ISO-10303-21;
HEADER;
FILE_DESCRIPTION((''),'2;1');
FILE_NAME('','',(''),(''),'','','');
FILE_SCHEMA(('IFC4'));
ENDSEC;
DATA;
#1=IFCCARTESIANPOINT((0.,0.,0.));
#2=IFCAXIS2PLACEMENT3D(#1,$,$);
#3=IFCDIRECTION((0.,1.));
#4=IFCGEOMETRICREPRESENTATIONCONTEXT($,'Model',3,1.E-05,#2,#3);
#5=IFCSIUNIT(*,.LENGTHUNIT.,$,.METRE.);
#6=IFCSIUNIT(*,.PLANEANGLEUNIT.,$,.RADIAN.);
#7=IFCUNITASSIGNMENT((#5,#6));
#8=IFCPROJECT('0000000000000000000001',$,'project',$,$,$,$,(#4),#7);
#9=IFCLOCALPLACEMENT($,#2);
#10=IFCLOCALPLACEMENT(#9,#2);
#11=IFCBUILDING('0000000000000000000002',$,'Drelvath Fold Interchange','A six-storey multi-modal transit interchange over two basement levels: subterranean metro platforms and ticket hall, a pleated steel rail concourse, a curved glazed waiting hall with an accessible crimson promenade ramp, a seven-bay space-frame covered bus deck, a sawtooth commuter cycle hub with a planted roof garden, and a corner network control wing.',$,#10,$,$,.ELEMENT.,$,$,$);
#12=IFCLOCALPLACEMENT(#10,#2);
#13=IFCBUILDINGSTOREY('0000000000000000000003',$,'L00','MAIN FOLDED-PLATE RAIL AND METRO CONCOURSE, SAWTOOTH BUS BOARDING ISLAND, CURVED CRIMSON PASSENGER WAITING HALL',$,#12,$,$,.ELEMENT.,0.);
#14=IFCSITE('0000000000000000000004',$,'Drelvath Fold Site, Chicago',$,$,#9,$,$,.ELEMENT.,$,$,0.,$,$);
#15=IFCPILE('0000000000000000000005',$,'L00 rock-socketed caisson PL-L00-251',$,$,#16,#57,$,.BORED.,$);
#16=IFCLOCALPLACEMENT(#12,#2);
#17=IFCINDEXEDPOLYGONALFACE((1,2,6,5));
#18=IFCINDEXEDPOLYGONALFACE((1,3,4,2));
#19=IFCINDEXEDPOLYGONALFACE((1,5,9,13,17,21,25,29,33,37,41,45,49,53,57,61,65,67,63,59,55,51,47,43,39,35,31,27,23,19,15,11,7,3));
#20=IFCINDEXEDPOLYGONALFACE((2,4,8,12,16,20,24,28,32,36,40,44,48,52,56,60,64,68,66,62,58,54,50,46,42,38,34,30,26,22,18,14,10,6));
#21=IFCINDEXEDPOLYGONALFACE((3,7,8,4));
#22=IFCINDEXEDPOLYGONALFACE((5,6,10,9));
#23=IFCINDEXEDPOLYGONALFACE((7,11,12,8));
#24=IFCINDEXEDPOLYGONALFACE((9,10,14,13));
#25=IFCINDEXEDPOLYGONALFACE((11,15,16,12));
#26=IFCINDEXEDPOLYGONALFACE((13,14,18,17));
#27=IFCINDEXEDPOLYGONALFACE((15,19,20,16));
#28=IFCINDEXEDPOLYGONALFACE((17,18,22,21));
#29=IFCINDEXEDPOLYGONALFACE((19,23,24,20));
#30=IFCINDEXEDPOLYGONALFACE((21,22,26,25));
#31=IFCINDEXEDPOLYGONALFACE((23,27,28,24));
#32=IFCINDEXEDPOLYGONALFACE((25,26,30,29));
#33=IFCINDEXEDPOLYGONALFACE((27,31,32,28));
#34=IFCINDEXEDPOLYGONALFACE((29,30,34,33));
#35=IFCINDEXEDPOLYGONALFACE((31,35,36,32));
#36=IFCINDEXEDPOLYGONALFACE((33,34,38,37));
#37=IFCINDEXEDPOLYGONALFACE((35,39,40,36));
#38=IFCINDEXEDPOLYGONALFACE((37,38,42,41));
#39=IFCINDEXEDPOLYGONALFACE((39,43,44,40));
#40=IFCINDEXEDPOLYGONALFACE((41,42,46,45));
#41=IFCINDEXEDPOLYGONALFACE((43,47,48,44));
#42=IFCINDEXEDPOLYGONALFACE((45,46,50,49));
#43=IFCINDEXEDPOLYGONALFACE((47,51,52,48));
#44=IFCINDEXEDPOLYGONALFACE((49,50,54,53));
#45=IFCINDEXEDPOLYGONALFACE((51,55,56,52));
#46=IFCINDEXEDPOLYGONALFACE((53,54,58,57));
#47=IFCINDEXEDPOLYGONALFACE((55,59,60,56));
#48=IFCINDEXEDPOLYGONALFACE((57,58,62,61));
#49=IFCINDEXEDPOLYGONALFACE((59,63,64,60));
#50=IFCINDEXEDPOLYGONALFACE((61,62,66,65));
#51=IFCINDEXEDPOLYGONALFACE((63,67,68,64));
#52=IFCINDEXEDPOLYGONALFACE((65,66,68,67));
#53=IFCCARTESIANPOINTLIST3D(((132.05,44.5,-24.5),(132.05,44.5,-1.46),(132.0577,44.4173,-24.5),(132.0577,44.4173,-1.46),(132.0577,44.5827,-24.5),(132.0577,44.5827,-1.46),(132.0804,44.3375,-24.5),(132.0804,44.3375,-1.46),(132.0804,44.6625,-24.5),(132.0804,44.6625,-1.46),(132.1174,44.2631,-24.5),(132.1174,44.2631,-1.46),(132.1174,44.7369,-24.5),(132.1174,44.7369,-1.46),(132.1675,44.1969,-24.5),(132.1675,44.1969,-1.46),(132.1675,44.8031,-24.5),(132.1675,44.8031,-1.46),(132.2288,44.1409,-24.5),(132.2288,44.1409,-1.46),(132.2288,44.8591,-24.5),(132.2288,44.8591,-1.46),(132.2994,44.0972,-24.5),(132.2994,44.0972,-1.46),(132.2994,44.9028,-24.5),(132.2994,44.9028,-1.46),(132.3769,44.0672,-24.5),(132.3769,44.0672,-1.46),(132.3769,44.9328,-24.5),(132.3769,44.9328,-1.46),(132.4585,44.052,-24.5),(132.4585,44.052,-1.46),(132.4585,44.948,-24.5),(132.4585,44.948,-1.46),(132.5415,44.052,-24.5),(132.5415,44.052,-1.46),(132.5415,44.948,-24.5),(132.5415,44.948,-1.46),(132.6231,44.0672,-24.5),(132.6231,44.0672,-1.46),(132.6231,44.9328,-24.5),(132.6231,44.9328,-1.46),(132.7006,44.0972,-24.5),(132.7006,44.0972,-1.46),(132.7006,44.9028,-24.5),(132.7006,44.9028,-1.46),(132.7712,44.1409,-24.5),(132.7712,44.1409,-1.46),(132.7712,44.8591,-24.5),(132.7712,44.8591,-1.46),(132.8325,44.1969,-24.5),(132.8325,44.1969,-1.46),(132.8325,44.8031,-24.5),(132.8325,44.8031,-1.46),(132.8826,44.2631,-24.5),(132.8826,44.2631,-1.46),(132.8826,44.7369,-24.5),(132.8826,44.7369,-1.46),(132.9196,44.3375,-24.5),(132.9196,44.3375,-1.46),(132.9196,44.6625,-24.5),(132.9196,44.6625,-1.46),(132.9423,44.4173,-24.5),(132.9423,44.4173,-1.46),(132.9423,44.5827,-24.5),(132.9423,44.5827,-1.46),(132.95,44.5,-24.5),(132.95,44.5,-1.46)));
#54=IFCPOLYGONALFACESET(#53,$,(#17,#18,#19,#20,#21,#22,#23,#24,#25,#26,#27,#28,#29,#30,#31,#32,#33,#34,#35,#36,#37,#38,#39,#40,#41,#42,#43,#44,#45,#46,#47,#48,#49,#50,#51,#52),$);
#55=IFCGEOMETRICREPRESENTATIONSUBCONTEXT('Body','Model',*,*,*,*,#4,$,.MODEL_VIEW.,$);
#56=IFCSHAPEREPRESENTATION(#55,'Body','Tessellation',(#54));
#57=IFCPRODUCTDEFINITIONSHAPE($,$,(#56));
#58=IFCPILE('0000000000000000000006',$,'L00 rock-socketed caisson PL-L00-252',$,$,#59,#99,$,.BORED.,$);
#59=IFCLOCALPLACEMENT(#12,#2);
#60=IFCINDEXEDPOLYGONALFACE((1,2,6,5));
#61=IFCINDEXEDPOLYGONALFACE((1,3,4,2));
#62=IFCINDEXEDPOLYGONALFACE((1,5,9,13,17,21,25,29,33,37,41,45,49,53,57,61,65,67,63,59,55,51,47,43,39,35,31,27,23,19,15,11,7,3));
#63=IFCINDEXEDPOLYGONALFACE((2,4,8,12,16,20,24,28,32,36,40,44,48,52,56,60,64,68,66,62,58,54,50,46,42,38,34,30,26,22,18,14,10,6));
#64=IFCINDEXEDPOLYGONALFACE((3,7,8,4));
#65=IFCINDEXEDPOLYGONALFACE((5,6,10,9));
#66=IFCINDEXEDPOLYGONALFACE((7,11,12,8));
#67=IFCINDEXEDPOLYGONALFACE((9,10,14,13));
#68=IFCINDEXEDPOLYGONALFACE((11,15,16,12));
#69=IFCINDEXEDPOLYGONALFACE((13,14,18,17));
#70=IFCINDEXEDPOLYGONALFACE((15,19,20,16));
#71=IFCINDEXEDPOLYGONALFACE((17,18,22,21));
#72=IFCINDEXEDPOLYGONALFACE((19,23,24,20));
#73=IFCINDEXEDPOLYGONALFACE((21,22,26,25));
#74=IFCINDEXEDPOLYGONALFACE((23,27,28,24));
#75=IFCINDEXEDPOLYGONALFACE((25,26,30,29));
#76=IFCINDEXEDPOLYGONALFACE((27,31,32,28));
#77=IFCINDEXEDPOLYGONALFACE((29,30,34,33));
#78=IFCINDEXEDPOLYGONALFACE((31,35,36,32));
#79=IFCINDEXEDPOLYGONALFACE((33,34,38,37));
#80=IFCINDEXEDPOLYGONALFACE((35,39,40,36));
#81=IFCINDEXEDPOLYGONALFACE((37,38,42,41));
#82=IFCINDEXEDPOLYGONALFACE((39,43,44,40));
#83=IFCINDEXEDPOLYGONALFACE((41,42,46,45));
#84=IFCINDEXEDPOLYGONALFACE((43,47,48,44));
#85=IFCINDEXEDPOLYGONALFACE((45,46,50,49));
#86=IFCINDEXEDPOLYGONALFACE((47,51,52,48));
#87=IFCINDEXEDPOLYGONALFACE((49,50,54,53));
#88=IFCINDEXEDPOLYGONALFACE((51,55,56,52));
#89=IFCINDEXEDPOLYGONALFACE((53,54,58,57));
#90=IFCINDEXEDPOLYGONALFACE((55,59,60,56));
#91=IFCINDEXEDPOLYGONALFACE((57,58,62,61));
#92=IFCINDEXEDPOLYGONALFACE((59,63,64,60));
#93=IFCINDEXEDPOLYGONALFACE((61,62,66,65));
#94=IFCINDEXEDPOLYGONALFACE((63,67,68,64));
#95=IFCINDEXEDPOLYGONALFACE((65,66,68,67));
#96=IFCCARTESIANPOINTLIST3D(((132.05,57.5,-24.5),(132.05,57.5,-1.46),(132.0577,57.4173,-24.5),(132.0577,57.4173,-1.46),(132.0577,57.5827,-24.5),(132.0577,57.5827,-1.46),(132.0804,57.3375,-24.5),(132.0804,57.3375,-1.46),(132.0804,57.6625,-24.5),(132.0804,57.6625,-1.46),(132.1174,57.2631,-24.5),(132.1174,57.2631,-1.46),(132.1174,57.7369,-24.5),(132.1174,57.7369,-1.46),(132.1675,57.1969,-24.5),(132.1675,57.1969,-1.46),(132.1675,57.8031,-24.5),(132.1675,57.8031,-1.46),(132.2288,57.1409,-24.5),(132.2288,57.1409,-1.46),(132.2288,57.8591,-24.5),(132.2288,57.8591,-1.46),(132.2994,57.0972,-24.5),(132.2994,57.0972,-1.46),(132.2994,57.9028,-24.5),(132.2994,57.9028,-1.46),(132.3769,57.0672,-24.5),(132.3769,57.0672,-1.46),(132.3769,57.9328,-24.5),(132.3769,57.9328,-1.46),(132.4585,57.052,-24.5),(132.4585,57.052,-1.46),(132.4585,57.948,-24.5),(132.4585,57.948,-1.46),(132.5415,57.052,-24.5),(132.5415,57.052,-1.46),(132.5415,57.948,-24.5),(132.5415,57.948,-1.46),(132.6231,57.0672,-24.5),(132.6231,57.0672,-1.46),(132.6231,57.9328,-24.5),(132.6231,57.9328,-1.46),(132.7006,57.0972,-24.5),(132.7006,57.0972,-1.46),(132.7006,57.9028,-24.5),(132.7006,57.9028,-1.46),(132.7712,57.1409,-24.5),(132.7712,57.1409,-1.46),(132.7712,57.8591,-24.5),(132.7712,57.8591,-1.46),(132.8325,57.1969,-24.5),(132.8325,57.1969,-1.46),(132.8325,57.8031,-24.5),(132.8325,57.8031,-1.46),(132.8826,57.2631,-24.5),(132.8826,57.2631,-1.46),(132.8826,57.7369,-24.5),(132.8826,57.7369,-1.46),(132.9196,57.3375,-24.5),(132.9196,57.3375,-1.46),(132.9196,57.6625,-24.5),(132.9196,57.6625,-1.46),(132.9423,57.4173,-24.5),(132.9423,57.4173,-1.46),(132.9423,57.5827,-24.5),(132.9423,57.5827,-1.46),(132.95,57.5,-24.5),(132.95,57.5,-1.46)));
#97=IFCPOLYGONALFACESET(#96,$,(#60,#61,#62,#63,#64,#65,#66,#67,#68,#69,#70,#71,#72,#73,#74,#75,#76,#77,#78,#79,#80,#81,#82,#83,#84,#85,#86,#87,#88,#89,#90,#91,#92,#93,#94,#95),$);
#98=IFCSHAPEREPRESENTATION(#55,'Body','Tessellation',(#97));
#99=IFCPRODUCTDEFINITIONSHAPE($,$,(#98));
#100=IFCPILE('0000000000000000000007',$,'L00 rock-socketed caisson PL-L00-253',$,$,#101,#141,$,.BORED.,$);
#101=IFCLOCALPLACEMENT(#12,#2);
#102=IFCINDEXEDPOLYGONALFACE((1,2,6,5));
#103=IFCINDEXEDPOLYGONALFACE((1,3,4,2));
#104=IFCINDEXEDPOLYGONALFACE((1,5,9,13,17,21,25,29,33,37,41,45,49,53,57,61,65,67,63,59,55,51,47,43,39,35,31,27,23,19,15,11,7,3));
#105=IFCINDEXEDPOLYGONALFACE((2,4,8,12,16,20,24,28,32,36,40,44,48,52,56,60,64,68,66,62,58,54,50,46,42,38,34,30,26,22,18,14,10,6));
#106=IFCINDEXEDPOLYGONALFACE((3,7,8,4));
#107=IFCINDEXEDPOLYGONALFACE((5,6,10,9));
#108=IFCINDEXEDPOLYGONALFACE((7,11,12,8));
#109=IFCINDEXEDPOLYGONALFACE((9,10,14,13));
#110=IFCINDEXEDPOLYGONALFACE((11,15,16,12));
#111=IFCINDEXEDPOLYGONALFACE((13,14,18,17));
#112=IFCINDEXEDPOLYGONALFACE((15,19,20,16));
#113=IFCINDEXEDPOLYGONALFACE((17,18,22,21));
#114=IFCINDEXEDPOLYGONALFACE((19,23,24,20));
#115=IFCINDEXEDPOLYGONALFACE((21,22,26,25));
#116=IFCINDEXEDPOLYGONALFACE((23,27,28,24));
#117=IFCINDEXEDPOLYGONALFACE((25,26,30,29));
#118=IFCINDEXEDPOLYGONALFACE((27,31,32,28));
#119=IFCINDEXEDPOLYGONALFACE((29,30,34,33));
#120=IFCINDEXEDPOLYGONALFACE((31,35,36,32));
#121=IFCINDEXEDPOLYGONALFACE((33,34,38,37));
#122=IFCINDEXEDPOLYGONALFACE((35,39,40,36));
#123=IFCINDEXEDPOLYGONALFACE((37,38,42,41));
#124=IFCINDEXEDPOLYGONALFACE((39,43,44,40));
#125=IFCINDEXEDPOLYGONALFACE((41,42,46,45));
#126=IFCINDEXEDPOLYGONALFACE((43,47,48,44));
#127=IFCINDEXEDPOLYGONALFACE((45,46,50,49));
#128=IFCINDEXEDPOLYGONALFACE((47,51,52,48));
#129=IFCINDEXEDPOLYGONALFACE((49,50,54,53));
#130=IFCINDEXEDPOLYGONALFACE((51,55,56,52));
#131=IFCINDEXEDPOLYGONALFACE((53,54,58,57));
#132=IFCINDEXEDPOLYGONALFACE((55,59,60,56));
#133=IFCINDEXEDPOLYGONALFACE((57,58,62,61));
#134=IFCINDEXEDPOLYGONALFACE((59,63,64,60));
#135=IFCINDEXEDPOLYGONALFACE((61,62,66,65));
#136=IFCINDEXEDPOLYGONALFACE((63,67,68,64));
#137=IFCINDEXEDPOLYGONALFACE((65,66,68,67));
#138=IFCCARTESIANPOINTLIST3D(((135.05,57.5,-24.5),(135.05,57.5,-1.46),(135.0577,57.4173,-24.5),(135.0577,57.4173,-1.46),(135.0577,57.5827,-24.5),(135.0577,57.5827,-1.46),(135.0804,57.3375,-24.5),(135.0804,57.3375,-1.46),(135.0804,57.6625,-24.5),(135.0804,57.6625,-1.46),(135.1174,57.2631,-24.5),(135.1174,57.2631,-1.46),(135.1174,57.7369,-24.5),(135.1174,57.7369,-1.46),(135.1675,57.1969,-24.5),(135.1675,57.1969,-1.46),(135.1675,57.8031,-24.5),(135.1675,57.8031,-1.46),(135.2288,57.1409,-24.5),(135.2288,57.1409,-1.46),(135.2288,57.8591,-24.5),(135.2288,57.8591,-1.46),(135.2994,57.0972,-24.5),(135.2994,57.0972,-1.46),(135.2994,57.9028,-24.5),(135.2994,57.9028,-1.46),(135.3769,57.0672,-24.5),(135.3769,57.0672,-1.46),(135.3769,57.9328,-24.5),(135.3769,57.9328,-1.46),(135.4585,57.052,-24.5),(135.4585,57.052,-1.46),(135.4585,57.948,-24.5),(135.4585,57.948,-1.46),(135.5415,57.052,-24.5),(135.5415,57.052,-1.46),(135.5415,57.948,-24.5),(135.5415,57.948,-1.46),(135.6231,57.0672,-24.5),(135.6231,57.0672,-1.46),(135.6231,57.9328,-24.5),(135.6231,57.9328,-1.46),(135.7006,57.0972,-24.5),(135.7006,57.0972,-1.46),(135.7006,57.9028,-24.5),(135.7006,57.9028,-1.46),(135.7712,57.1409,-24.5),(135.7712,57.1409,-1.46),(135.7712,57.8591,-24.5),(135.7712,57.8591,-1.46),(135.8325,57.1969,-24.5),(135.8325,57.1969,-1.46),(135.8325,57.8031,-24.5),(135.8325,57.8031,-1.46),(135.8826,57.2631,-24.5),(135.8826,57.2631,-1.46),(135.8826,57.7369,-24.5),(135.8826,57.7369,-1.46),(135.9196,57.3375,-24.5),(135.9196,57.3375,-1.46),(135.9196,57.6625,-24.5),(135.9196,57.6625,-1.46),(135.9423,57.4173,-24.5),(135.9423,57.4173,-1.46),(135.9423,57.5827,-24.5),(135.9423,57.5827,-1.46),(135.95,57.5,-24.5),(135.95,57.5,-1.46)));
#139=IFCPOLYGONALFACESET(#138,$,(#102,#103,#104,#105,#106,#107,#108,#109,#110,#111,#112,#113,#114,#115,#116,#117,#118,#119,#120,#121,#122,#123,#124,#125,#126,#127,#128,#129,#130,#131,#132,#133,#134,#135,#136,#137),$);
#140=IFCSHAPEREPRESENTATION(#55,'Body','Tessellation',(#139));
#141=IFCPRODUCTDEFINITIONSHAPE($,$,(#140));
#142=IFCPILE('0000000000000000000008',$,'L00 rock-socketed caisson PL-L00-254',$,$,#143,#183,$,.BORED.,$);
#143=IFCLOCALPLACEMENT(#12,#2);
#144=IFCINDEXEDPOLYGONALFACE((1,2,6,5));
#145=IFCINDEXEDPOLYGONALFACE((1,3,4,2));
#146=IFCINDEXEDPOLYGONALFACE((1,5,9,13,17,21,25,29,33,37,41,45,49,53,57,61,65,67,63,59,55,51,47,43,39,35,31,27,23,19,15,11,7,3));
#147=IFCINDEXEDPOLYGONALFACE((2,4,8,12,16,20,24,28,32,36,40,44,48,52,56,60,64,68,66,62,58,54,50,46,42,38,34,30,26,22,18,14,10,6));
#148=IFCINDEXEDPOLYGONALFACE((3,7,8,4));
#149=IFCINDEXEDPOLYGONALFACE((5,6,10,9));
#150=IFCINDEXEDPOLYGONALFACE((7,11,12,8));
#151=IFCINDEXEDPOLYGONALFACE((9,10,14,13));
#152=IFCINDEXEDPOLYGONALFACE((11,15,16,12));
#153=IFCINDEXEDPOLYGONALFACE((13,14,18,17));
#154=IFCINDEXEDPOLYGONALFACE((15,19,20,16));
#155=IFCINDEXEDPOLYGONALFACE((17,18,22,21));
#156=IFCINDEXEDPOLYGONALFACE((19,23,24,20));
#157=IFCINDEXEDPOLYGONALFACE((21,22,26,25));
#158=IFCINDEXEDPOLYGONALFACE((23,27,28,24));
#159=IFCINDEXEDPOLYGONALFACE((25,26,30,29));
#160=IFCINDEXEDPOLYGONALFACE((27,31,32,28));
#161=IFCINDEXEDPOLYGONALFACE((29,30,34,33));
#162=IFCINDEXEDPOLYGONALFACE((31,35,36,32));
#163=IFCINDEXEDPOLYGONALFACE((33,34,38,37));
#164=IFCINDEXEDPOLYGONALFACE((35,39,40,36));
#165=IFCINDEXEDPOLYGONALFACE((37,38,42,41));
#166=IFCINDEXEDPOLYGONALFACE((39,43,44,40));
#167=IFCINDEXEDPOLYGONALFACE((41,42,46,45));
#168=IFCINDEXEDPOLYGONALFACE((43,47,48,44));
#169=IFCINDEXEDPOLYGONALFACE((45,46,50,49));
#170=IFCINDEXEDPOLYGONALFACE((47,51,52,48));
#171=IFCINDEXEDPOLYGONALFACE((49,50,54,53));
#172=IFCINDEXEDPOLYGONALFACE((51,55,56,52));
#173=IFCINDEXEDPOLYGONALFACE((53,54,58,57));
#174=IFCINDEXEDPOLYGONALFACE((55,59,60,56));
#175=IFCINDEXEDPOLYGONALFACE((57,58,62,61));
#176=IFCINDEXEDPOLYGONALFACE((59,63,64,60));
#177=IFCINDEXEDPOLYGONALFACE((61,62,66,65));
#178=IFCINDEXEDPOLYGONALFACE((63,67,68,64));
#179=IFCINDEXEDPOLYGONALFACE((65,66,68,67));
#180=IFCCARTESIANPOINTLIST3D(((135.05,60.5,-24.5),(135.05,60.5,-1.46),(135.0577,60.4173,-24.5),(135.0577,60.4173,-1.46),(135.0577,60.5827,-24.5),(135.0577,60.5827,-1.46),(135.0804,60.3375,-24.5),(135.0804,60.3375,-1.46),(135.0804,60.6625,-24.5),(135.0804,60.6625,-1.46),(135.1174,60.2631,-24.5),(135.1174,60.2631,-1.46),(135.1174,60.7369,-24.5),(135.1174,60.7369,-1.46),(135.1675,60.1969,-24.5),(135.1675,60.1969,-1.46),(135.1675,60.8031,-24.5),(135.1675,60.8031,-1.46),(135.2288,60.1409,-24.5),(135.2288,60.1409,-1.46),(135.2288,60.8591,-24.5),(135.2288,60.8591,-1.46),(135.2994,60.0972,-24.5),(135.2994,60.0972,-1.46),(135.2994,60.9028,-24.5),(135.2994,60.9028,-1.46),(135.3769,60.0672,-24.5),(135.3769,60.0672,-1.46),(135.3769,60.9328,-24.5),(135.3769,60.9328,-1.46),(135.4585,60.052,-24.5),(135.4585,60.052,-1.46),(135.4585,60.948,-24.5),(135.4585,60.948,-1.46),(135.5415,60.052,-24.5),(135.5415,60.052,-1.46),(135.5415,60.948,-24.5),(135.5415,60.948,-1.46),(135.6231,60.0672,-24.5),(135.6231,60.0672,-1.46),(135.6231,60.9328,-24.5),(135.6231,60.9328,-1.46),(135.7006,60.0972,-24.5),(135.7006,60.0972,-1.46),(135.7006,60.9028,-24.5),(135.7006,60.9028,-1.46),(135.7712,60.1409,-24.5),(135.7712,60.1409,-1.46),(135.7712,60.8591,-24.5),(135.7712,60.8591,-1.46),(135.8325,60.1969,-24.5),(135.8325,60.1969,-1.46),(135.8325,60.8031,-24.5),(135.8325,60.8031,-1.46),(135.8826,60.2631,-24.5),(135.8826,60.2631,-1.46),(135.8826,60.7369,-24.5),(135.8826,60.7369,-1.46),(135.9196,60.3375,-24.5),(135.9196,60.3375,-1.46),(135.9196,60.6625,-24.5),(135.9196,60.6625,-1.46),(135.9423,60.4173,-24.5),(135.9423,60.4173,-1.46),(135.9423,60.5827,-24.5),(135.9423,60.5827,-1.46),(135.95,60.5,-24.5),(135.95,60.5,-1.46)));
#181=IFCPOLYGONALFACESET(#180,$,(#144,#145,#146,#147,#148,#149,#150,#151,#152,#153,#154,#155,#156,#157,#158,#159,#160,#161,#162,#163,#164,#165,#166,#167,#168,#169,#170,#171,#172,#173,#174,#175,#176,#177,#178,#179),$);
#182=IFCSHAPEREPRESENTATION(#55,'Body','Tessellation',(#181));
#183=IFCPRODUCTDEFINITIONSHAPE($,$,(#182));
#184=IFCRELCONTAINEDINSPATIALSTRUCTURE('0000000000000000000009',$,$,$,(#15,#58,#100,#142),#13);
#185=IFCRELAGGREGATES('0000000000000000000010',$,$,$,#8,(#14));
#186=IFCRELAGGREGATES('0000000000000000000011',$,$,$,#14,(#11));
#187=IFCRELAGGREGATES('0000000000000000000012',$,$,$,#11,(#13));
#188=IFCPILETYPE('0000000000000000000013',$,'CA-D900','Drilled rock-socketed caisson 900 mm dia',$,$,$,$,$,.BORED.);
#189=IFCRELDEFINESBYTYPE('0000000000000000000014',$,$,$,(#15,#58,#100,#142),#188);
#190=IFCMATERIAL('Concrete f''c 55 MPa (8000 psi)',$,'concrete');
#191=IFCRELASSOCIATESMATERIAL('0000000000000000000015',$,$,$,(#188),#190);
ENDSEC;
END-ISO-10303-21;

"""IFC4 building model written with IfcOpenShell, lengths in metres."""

from ifc_helpers import new_model, si_unit, direction, frame, origin, origin_2d, place, context, subcontext, project, spatial, circle, extrude, material, material_profile, profile_set, type_object, element, save


model = new_model("IFC4")

# Units and contexts
model_context = context("Model", 3, precision=1e-05, world=origin(), true_north=direction((0.0, 1.0)))
body_context = subcontext(model_context, "Body", "Model", "MODEL_VIEW")
ifc_project = project(units=[si_unit("LENGTHUNIT", "METRE"), si_unit("PLANEANGLEUNIT", "RADIAN")], contexts=[model_context])

# Site, building, storey
site_placement = place(None, origin())
site = spatial("IfcSite", under=ifc_project, at=site_placement, Name="Drelvath Fold Site, Chicago", CompositionType="ELEMENT", RefElevation=0.0)
building_placement = place(site_placement, origin())
building = spatial("IfcBuilding", under=site, at=building_placement, Name="Drelvath Fold Interchange", Description="A six-storey multi-modal transit interchange over two basement levels: subterranean metro platforms and ticket hall, a pleated steel rail concourse, a curved glazed waiting hall with an accessible crimson promenade ramp, a seven-bay space-frame covered bus deck, a sawtooth commuter cycle hub with a planted roof garden, and a corner network control wing.", CompositionType="ELEMENT")
storey_placement = place(building_placement, origin())
storey = spatial("IfcBuildingStorey", under=building, at=storey_placement, Name="L00", Description="MAIN FOLDED-PLATE RAIL AND METRO CONCOURSE, SAWTOOTH BUS BOARDING ISLAND, CURVED CRIMSON PASSENGER WAITING HALL", CompositionType="ELEMENT", Elevation=0.0)

# Piles
ifc_material_1 = material(Name="Concrete f'c 55 MPa (8000 psi)", Category="concrete")
ifc_material_profile_1 = material_profile(ifc_material_1, circle(Radius=0.45, at=origin_2d()), Name="CAISSON D900")
ifc_profile_set_1 = profile_set([ifc_material_profile_1], Name="Concrete f'c 55 MPa (8000 psi)")
pile_type_1 = type_object("IfcPileType", Name="CA-D900", Description="Drilled rock-socketed caisson 900 mm dia", PredefinedType="BORED", material=ifc_profile_set_1)
for number, where, z_axis, x_axis, name in (
    (1, (132.5, 44.5, -1.46), (0.0, 0.0, -1.0), (1.0, 0.0, 0.0), "L00 rock-socketed caisson PL-L00-251"),
    (2, (132.5, 57.5, -1.46), (0.0, 0.0, -1.0), (1.0, 0.0, 0.0), "L00 rock-socketed caisson PL-L00-252"),
    (3, (135.5, 57.5, -1.46), (0.0, 0.0, -1.0), (1.0, 0.0, 0.0), "L00 rock-socketed caisson PL-L00-253"),
    (4, (135.5, 60.5, -1.46), (0.0, 0.0, -1.0), (1.0, 0.0, 0.0), "L00 rock-socketed caisson PL-L00-254"),
):
    element("IfcPile", number, at=place(storey_placement, frame(where, z_axis=z_axis, x_axis=x_axis)), inside=storey, type_object=pile_type_1, Name=name, PredefinedType="BORED", context=body_context, shape_type="SweptSolid", body=[
        extrude(circle(Radius=0.45, at=origin_2d()), origin(), (0.0, 0.0, 1.0), 23.04),
    ])

save(model, "model.ifc")
